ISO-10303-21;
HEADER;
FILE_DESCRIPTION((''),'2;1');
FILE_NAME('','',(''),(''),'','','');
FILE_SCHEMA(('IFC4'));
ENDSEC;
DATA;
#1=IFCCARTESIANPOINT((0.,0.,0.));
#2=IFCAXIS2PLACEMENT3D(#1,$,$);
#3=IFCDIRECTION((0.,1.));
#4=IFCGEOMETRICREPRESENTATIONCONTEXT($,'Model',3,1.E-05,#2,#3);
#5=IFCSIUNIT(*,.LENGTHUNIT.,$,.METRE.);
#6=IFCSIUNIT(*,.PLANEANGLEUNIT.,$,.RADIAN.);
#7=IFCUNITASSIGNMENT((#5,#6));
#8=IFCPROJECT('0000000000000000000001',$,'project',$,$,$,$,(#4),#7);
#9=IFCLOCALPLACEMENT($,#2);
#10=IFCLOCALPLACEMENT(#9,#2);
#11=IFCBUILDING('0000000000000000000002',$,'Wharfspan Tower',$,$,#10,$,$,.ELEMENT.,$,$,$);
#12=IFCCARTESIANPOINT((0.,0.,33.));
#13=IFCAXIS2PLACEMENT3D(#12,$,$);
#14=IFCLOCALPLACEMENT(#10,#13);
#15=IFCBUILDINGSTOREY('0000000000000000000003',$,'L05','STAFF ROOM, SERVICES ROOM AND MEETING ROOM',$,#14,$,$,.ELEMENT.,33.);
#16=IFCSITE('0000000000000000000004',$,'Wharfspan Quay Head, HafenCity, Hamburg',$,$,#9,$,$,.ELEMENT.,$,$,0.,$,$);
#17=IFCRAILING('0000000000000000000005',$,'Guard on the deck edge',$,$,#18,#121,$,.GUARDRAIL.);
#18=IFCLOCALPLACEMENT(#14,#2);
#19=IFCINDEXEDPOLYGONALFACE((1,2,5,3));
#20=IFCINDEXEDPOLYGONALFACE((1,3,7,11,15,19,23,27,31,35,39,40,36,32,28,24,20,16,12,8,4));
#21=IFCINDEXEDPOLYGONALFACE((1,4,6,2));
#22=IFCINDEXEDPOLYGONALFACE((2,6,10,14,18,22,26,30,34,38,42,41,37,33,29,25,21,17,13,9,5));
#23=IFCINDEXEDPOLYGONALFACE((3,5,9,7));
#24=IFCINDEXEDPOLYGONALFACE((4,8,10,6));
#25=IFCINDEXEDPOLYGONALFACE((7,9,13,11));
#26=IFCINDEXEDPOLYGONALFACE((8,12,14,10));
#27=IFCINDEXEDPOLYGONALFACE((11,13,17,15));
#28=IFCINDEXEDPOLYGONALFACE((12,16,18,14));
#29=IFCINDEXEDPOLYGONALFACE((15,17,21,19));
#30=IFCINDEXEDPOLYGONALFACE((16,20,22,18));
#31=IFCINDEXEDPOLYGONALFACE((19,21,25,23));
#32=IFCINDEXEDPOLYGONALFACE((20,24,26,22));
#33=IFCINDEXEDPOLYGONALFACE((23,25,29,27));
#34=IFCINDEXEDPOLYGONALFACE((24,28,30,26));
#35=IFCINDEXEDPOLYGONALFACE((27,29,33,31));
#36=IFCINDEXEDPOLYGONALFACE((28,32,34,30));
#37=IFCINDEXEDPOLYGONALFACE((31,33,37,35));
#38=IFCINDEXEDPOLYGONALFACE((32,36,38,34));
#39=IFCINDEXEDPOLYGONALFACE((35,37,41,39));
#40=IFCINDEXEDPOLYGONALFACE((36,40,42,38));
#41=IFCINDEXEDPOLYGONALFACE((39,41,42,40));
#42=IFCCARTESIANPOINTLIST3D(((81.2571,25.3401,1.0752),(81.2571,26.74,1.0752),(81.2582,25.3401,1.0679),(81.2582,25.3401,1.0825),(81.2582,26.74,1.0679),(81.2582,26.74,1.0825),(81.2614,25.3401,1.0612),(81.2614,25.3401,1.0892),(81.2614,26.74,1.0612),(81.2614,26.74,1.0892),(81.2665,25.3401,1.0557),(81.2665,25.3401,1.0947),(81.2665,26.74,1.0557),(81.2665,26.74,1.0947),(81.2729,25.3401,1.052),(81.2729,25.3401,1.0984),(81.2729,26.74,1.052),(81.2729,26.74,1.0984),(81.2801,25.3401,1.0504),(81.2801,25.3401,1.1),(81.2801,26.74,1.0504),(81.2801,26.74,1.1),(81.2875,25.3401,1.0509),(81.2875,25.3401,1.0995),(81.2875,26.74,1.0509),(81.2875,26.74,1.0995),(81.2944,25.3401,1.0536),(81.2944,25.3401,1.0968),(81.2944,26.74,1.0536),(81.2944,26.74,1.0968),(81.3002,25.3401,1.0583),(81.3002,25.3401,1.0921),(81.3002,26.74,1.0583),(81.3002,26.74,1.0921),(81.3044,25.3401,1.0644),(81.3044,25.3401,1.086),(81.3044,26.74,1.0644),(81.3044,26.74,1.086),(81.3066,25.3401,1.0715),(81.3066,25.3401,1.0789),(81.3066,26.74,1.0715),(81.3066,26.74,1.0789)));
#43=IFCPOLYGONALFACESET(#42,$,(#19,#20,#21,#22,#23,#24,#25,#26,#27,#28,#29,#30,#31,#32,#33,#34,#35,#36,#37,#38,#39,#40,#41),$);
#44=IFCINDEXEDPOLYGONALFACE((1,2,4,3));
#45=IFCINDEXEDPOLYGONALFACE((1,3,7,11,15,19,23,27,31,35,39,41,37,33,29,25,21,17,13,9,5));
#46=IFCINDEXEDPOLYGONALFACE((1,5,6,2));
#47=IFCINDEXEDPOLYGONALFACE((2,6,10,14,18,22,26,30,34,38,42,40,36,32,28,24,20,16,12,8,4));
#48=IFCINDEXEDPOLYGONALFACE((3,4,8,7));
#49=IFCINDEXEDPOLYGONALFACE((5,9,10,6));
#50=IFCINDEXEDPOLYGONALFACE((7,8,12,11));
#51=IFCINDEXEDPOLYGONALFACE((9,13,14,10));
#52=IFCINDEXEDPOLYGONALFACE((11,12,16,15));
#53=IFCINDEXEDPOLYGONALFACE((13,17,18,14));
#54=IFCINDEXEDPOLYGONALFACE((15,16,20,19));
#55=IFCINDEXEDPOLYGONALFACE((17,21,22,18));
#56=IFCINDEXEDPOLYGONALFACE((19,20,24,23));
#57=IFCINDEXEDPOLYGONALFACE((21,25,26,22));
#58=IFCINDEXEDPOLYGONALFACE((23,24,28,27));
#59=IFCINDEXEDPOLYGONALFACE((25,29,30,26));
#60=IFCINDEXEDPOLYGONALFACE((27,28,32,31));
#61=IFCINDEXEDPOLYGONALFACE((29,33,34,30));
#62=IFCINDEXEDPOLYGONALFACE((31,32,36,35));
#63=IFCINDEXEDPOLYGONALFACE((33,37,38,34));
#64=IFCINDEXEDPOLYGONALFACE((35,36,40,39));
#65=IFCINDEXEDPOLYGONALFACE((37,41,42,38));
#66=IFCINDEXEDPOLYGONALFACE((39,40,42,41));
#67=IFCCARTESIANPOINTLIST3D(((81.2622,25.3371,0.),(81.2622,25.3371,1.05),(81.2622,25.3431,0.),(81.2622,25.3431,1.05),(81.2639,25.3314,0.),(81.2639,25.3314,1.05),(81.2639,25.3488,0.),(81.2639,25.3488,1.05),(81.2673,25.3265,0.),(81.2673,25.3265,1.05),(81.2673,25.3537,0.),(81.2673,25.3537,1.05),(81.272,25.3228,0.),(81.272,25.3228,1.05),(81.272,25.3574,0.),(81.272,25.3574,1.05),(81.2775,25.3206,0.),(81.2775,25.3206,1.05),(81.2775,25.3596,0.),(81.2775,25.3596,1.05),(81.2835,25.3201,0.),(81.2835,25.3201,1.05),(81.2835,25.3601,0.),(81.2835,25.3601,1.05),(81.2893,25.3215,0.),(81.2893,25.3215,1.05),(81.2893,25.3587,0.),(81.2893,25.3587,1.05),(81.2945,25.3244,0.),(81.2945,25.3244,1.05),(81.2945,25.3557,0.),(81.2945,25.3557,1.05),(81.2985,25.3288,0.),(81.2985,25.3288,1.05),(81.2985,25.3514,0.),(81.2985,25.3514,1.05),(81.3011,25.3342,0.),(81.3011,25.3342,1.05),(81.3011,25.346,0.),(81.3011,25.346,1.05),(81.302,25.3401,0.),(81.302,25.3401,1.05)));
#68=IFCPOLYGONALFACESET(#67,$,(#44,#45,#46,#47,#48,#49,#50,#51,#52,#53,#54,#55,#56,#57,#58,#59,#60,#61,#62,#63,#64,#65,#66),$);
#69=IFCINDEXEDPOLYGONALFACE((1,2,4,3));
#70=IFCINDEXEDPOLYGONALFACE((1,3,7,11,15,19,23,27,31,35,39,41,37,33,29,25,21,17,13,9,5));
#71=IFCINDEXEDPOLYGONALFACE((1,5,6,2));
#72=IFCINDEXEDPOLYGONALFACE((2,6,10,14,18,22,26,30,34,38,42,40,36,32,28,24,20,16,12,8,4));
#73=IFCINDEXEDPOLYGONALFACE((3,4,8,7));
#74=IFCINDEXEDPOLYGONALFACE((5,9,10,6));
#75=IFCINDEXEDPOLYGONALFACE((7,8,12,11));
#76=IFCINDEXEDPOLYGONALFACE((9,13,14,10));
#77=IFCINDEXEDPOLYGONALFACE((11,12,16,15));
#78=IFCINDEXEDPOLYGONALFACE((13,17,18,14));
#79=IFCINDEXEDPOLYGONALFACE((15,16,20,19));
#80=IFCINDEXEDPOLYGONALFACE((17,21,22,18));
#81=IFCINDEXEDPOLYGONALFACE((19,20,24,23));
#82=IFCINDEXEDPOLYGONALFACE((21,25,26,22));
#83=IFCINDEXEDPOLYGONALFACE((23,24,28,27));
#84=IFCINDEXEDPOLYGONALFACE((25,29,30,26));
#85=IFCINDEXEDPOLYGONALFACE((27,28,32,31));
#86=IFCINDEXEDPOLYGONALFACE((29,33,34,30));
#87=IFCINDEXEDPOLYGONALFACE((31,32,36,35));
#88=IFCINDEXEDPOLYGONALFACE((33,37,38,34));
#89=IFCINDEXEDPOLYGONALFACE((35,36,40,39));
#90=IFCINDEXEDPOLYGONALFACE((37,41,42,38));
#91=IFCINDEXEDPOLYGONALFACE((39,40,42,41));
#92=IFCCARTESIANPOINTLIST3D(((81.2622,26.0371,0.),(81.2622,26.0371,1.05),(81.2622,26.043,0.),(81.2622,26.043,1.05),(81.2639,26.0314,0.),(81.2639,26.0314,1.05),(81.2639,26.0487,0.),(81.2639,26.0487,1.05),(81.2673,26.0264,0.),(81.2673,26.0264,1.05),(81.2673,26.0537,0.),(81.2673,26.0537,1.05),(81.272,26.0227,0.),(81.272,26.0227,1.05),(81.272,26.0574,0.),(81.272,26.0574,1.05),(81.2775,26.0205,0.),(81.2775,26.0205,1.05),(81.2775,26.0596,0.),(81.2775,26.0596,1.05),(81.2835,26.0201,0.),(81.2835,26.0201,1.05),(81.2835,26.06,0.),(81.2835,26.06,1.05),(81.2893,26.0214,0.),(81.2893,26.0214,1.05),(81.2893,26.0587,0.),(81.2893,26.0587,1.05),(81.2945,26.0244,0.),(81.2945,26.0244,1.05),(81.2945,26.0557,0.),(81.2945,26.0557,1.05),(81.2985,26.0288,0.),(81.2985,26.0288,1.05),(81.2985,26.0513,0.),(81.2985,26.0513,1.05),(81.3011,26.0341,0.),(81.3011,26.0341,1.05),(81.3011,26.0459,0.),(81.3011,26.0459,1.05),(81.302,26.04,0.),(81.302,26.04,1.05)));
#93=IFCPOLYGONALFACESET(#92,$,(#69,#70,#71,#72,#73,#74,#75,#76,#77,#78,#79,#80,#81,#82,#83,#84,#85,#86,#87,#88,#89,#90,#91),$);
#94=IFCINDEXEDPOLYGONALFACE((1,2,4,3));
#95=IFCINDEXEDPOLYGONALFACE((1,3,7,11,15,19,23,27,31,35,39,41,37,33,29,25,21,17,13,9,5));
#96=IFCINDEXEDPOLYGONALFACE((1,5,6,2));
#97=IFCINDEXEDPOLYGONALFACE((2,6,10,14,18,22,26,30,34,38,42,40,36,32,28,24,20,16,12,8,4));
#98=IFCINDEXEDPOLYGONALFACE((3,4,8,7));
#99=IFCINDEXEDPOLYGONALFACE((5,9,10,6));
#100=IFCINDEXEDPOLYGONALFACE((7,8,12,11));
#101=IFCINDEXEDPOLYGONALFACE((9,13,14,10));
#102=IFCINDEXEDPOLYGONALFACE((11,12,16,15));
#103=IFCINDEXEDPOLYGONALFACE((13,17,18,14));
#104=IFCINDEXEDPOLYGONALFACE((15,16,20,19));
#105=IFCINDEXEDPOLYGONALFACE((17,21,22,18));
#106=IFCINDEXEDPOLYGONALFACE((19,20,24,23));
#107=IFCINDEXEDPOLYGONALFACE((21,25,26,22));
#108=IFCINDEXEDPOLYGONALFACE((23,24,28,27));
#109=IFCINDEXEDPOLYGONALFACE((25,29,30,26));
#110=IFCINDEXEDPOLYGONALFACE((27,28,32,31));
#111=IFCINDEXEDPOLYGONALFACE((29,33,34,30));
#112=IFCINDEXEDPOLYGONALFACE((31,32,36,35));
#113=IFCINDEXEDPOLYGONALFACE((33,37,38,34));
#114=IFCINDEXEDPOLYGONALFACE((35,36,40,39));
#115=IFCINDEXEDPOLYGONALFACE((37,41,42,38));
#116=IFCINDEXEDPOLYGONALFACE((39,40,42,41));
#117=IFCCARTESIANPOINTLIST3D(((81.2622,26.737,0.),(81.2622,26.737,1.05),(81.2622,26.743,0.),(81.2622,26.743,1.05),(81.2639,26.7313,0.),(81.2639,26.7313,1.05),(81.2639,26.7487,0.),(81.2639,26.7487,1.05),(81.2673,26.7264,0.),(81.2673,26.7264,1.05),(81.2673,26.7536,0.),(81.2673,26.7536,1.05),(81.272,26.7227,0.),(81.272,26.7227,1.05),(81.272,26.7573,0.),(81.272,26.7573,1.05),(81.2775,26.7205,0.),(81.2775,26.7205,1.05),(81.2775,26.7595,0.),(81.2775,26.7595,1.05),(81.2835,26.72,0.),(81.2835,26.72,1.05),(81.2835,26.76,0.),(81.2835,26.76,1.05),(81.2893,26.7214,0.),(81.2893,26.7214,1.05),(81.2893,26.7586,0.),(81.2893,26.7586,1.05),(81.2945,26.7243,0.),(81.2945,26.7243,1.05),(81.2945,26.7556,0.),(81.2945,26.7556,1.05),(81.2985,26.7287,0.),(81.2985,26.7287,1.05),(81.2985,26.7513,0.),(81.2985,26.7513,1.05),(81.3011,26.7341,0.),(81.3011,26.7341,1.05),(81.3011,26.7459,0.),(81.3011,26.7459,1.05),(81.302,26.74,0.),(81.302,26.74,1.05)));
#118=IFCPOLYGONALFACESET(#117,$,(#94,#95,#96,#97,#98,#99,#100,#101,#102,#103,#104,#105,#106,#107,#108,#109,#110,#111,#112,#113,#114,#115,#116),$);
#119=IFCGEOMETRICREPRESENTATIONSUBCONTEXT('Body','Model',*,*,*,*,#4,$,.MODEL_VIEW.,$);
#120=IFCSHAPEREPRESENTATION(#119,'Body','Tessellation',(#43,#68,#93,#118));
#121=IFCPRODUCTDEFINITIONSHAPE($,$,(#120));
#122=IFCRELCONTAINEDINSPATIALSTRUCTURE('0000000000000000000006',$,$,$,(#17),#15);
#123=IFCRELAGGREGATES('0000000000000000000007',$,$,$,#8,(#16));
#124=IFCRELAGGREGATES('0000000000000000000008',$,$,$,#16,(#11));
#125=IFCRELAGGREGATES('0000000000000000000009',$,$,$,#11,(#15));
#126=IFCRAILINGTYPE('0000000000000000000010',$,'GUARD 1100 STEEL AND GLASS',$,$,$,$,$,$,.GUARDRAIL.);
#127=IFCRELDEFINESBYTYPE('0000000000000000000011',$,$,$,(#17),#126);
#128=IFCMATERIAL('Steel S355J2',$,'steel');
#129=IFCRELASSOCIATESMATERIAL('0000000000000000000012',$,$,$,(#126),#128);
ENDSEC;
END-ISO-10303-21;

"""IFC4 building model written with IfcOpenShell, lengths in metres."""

from ifc_helpers import new_model, si_unit, direction, frame, origin, origin_2d, place, context, subcontext, project, spatial, circle, extrude, material, type_object, element, save


model = new_model("IFC4")

# Units and contexts
model_context = context("Model", 3, precision=1e-05, world=origin(), true_north=direction((0.0, 1.0)))
body_context = subcontext(model_context, "Body", "Model", "MODEL_VIEW")
ifc_project = project(units=[si_unit("LENGTHUNIT", "METRE"), si_unit("PLANEANGLEUNIT", "RADIAN")], contexts=[model_context])

# Site, building, storey
site_placement = place(None, origin())
site = spatial("IfcSite", under=ifc_project, at=site_placement, Name="Wharfspan Quay Head, HafenCity, Hamburg", CompositionType="ELEMENT", RefElevation=0.0)
building_placement = place(site_placement, origin())
building = spatial("IfcBuilding", under=site, at=building_placement, Name="Wharfspan Tower", CompositionType="ELEMENT")
storey_placement = place(building_placement, frame((0.0, 0.0, 33.0)))
storey = spatial("IfcBuildingStorey", under=building, at=storey_placement, Name="L05", Description="STAFF ROOM, SERVICES ROOM AND MEETING ROOM", CompositionType="ELEMENT", Elevation=33.0)

# Railing
ifc_material_1 = material(Name="Steel S355J2", Category="steel")
railing_type_1 = type_object("IfcRailingType", Name="GUARD 1100 STEEL AND GLASS", PredefinedType="GUARDRAIL", material=ifc_material_1)
railing_1_placement = place(storey_placement, frame((81.282, 25.3401, 0.0)))
element("IfcRailing", 1, at=railing_1_placement, inside=storey, type_object=railing_type_1, Name="Guard on the deck edge", PredefinedType="GUARDRAIL", context=body_context, shape_type="SweptSolid", body=[
    extrude(circle(Radius=0.0249, at=origin_2d()), frame((0.0, 0.0, 1.0752), z_axis=(0.0, 1.0, 0.0), x_axis=(-1.0, 0.0, 0.0)), (0.0, 0.0, 1.0), 1.3999),
    extrude(circle(Radius=0.02, at=origin_2d()), origin(), (0.0, 0.0, 1.0), 1.05),
    extrude(circle(Radius=0.02, at=origin_2d()), frame((0.0, 0.7, 0.0)), (0.0, 0.0, 1.0), 1.05),
    extrude(circle(Radius=0.02, at=origin_2d()), frame((0.0, 1.3999, 0.0)), (0.0, 0.0, 1.0), 1.05),
])

save(model, "model.ifc")
